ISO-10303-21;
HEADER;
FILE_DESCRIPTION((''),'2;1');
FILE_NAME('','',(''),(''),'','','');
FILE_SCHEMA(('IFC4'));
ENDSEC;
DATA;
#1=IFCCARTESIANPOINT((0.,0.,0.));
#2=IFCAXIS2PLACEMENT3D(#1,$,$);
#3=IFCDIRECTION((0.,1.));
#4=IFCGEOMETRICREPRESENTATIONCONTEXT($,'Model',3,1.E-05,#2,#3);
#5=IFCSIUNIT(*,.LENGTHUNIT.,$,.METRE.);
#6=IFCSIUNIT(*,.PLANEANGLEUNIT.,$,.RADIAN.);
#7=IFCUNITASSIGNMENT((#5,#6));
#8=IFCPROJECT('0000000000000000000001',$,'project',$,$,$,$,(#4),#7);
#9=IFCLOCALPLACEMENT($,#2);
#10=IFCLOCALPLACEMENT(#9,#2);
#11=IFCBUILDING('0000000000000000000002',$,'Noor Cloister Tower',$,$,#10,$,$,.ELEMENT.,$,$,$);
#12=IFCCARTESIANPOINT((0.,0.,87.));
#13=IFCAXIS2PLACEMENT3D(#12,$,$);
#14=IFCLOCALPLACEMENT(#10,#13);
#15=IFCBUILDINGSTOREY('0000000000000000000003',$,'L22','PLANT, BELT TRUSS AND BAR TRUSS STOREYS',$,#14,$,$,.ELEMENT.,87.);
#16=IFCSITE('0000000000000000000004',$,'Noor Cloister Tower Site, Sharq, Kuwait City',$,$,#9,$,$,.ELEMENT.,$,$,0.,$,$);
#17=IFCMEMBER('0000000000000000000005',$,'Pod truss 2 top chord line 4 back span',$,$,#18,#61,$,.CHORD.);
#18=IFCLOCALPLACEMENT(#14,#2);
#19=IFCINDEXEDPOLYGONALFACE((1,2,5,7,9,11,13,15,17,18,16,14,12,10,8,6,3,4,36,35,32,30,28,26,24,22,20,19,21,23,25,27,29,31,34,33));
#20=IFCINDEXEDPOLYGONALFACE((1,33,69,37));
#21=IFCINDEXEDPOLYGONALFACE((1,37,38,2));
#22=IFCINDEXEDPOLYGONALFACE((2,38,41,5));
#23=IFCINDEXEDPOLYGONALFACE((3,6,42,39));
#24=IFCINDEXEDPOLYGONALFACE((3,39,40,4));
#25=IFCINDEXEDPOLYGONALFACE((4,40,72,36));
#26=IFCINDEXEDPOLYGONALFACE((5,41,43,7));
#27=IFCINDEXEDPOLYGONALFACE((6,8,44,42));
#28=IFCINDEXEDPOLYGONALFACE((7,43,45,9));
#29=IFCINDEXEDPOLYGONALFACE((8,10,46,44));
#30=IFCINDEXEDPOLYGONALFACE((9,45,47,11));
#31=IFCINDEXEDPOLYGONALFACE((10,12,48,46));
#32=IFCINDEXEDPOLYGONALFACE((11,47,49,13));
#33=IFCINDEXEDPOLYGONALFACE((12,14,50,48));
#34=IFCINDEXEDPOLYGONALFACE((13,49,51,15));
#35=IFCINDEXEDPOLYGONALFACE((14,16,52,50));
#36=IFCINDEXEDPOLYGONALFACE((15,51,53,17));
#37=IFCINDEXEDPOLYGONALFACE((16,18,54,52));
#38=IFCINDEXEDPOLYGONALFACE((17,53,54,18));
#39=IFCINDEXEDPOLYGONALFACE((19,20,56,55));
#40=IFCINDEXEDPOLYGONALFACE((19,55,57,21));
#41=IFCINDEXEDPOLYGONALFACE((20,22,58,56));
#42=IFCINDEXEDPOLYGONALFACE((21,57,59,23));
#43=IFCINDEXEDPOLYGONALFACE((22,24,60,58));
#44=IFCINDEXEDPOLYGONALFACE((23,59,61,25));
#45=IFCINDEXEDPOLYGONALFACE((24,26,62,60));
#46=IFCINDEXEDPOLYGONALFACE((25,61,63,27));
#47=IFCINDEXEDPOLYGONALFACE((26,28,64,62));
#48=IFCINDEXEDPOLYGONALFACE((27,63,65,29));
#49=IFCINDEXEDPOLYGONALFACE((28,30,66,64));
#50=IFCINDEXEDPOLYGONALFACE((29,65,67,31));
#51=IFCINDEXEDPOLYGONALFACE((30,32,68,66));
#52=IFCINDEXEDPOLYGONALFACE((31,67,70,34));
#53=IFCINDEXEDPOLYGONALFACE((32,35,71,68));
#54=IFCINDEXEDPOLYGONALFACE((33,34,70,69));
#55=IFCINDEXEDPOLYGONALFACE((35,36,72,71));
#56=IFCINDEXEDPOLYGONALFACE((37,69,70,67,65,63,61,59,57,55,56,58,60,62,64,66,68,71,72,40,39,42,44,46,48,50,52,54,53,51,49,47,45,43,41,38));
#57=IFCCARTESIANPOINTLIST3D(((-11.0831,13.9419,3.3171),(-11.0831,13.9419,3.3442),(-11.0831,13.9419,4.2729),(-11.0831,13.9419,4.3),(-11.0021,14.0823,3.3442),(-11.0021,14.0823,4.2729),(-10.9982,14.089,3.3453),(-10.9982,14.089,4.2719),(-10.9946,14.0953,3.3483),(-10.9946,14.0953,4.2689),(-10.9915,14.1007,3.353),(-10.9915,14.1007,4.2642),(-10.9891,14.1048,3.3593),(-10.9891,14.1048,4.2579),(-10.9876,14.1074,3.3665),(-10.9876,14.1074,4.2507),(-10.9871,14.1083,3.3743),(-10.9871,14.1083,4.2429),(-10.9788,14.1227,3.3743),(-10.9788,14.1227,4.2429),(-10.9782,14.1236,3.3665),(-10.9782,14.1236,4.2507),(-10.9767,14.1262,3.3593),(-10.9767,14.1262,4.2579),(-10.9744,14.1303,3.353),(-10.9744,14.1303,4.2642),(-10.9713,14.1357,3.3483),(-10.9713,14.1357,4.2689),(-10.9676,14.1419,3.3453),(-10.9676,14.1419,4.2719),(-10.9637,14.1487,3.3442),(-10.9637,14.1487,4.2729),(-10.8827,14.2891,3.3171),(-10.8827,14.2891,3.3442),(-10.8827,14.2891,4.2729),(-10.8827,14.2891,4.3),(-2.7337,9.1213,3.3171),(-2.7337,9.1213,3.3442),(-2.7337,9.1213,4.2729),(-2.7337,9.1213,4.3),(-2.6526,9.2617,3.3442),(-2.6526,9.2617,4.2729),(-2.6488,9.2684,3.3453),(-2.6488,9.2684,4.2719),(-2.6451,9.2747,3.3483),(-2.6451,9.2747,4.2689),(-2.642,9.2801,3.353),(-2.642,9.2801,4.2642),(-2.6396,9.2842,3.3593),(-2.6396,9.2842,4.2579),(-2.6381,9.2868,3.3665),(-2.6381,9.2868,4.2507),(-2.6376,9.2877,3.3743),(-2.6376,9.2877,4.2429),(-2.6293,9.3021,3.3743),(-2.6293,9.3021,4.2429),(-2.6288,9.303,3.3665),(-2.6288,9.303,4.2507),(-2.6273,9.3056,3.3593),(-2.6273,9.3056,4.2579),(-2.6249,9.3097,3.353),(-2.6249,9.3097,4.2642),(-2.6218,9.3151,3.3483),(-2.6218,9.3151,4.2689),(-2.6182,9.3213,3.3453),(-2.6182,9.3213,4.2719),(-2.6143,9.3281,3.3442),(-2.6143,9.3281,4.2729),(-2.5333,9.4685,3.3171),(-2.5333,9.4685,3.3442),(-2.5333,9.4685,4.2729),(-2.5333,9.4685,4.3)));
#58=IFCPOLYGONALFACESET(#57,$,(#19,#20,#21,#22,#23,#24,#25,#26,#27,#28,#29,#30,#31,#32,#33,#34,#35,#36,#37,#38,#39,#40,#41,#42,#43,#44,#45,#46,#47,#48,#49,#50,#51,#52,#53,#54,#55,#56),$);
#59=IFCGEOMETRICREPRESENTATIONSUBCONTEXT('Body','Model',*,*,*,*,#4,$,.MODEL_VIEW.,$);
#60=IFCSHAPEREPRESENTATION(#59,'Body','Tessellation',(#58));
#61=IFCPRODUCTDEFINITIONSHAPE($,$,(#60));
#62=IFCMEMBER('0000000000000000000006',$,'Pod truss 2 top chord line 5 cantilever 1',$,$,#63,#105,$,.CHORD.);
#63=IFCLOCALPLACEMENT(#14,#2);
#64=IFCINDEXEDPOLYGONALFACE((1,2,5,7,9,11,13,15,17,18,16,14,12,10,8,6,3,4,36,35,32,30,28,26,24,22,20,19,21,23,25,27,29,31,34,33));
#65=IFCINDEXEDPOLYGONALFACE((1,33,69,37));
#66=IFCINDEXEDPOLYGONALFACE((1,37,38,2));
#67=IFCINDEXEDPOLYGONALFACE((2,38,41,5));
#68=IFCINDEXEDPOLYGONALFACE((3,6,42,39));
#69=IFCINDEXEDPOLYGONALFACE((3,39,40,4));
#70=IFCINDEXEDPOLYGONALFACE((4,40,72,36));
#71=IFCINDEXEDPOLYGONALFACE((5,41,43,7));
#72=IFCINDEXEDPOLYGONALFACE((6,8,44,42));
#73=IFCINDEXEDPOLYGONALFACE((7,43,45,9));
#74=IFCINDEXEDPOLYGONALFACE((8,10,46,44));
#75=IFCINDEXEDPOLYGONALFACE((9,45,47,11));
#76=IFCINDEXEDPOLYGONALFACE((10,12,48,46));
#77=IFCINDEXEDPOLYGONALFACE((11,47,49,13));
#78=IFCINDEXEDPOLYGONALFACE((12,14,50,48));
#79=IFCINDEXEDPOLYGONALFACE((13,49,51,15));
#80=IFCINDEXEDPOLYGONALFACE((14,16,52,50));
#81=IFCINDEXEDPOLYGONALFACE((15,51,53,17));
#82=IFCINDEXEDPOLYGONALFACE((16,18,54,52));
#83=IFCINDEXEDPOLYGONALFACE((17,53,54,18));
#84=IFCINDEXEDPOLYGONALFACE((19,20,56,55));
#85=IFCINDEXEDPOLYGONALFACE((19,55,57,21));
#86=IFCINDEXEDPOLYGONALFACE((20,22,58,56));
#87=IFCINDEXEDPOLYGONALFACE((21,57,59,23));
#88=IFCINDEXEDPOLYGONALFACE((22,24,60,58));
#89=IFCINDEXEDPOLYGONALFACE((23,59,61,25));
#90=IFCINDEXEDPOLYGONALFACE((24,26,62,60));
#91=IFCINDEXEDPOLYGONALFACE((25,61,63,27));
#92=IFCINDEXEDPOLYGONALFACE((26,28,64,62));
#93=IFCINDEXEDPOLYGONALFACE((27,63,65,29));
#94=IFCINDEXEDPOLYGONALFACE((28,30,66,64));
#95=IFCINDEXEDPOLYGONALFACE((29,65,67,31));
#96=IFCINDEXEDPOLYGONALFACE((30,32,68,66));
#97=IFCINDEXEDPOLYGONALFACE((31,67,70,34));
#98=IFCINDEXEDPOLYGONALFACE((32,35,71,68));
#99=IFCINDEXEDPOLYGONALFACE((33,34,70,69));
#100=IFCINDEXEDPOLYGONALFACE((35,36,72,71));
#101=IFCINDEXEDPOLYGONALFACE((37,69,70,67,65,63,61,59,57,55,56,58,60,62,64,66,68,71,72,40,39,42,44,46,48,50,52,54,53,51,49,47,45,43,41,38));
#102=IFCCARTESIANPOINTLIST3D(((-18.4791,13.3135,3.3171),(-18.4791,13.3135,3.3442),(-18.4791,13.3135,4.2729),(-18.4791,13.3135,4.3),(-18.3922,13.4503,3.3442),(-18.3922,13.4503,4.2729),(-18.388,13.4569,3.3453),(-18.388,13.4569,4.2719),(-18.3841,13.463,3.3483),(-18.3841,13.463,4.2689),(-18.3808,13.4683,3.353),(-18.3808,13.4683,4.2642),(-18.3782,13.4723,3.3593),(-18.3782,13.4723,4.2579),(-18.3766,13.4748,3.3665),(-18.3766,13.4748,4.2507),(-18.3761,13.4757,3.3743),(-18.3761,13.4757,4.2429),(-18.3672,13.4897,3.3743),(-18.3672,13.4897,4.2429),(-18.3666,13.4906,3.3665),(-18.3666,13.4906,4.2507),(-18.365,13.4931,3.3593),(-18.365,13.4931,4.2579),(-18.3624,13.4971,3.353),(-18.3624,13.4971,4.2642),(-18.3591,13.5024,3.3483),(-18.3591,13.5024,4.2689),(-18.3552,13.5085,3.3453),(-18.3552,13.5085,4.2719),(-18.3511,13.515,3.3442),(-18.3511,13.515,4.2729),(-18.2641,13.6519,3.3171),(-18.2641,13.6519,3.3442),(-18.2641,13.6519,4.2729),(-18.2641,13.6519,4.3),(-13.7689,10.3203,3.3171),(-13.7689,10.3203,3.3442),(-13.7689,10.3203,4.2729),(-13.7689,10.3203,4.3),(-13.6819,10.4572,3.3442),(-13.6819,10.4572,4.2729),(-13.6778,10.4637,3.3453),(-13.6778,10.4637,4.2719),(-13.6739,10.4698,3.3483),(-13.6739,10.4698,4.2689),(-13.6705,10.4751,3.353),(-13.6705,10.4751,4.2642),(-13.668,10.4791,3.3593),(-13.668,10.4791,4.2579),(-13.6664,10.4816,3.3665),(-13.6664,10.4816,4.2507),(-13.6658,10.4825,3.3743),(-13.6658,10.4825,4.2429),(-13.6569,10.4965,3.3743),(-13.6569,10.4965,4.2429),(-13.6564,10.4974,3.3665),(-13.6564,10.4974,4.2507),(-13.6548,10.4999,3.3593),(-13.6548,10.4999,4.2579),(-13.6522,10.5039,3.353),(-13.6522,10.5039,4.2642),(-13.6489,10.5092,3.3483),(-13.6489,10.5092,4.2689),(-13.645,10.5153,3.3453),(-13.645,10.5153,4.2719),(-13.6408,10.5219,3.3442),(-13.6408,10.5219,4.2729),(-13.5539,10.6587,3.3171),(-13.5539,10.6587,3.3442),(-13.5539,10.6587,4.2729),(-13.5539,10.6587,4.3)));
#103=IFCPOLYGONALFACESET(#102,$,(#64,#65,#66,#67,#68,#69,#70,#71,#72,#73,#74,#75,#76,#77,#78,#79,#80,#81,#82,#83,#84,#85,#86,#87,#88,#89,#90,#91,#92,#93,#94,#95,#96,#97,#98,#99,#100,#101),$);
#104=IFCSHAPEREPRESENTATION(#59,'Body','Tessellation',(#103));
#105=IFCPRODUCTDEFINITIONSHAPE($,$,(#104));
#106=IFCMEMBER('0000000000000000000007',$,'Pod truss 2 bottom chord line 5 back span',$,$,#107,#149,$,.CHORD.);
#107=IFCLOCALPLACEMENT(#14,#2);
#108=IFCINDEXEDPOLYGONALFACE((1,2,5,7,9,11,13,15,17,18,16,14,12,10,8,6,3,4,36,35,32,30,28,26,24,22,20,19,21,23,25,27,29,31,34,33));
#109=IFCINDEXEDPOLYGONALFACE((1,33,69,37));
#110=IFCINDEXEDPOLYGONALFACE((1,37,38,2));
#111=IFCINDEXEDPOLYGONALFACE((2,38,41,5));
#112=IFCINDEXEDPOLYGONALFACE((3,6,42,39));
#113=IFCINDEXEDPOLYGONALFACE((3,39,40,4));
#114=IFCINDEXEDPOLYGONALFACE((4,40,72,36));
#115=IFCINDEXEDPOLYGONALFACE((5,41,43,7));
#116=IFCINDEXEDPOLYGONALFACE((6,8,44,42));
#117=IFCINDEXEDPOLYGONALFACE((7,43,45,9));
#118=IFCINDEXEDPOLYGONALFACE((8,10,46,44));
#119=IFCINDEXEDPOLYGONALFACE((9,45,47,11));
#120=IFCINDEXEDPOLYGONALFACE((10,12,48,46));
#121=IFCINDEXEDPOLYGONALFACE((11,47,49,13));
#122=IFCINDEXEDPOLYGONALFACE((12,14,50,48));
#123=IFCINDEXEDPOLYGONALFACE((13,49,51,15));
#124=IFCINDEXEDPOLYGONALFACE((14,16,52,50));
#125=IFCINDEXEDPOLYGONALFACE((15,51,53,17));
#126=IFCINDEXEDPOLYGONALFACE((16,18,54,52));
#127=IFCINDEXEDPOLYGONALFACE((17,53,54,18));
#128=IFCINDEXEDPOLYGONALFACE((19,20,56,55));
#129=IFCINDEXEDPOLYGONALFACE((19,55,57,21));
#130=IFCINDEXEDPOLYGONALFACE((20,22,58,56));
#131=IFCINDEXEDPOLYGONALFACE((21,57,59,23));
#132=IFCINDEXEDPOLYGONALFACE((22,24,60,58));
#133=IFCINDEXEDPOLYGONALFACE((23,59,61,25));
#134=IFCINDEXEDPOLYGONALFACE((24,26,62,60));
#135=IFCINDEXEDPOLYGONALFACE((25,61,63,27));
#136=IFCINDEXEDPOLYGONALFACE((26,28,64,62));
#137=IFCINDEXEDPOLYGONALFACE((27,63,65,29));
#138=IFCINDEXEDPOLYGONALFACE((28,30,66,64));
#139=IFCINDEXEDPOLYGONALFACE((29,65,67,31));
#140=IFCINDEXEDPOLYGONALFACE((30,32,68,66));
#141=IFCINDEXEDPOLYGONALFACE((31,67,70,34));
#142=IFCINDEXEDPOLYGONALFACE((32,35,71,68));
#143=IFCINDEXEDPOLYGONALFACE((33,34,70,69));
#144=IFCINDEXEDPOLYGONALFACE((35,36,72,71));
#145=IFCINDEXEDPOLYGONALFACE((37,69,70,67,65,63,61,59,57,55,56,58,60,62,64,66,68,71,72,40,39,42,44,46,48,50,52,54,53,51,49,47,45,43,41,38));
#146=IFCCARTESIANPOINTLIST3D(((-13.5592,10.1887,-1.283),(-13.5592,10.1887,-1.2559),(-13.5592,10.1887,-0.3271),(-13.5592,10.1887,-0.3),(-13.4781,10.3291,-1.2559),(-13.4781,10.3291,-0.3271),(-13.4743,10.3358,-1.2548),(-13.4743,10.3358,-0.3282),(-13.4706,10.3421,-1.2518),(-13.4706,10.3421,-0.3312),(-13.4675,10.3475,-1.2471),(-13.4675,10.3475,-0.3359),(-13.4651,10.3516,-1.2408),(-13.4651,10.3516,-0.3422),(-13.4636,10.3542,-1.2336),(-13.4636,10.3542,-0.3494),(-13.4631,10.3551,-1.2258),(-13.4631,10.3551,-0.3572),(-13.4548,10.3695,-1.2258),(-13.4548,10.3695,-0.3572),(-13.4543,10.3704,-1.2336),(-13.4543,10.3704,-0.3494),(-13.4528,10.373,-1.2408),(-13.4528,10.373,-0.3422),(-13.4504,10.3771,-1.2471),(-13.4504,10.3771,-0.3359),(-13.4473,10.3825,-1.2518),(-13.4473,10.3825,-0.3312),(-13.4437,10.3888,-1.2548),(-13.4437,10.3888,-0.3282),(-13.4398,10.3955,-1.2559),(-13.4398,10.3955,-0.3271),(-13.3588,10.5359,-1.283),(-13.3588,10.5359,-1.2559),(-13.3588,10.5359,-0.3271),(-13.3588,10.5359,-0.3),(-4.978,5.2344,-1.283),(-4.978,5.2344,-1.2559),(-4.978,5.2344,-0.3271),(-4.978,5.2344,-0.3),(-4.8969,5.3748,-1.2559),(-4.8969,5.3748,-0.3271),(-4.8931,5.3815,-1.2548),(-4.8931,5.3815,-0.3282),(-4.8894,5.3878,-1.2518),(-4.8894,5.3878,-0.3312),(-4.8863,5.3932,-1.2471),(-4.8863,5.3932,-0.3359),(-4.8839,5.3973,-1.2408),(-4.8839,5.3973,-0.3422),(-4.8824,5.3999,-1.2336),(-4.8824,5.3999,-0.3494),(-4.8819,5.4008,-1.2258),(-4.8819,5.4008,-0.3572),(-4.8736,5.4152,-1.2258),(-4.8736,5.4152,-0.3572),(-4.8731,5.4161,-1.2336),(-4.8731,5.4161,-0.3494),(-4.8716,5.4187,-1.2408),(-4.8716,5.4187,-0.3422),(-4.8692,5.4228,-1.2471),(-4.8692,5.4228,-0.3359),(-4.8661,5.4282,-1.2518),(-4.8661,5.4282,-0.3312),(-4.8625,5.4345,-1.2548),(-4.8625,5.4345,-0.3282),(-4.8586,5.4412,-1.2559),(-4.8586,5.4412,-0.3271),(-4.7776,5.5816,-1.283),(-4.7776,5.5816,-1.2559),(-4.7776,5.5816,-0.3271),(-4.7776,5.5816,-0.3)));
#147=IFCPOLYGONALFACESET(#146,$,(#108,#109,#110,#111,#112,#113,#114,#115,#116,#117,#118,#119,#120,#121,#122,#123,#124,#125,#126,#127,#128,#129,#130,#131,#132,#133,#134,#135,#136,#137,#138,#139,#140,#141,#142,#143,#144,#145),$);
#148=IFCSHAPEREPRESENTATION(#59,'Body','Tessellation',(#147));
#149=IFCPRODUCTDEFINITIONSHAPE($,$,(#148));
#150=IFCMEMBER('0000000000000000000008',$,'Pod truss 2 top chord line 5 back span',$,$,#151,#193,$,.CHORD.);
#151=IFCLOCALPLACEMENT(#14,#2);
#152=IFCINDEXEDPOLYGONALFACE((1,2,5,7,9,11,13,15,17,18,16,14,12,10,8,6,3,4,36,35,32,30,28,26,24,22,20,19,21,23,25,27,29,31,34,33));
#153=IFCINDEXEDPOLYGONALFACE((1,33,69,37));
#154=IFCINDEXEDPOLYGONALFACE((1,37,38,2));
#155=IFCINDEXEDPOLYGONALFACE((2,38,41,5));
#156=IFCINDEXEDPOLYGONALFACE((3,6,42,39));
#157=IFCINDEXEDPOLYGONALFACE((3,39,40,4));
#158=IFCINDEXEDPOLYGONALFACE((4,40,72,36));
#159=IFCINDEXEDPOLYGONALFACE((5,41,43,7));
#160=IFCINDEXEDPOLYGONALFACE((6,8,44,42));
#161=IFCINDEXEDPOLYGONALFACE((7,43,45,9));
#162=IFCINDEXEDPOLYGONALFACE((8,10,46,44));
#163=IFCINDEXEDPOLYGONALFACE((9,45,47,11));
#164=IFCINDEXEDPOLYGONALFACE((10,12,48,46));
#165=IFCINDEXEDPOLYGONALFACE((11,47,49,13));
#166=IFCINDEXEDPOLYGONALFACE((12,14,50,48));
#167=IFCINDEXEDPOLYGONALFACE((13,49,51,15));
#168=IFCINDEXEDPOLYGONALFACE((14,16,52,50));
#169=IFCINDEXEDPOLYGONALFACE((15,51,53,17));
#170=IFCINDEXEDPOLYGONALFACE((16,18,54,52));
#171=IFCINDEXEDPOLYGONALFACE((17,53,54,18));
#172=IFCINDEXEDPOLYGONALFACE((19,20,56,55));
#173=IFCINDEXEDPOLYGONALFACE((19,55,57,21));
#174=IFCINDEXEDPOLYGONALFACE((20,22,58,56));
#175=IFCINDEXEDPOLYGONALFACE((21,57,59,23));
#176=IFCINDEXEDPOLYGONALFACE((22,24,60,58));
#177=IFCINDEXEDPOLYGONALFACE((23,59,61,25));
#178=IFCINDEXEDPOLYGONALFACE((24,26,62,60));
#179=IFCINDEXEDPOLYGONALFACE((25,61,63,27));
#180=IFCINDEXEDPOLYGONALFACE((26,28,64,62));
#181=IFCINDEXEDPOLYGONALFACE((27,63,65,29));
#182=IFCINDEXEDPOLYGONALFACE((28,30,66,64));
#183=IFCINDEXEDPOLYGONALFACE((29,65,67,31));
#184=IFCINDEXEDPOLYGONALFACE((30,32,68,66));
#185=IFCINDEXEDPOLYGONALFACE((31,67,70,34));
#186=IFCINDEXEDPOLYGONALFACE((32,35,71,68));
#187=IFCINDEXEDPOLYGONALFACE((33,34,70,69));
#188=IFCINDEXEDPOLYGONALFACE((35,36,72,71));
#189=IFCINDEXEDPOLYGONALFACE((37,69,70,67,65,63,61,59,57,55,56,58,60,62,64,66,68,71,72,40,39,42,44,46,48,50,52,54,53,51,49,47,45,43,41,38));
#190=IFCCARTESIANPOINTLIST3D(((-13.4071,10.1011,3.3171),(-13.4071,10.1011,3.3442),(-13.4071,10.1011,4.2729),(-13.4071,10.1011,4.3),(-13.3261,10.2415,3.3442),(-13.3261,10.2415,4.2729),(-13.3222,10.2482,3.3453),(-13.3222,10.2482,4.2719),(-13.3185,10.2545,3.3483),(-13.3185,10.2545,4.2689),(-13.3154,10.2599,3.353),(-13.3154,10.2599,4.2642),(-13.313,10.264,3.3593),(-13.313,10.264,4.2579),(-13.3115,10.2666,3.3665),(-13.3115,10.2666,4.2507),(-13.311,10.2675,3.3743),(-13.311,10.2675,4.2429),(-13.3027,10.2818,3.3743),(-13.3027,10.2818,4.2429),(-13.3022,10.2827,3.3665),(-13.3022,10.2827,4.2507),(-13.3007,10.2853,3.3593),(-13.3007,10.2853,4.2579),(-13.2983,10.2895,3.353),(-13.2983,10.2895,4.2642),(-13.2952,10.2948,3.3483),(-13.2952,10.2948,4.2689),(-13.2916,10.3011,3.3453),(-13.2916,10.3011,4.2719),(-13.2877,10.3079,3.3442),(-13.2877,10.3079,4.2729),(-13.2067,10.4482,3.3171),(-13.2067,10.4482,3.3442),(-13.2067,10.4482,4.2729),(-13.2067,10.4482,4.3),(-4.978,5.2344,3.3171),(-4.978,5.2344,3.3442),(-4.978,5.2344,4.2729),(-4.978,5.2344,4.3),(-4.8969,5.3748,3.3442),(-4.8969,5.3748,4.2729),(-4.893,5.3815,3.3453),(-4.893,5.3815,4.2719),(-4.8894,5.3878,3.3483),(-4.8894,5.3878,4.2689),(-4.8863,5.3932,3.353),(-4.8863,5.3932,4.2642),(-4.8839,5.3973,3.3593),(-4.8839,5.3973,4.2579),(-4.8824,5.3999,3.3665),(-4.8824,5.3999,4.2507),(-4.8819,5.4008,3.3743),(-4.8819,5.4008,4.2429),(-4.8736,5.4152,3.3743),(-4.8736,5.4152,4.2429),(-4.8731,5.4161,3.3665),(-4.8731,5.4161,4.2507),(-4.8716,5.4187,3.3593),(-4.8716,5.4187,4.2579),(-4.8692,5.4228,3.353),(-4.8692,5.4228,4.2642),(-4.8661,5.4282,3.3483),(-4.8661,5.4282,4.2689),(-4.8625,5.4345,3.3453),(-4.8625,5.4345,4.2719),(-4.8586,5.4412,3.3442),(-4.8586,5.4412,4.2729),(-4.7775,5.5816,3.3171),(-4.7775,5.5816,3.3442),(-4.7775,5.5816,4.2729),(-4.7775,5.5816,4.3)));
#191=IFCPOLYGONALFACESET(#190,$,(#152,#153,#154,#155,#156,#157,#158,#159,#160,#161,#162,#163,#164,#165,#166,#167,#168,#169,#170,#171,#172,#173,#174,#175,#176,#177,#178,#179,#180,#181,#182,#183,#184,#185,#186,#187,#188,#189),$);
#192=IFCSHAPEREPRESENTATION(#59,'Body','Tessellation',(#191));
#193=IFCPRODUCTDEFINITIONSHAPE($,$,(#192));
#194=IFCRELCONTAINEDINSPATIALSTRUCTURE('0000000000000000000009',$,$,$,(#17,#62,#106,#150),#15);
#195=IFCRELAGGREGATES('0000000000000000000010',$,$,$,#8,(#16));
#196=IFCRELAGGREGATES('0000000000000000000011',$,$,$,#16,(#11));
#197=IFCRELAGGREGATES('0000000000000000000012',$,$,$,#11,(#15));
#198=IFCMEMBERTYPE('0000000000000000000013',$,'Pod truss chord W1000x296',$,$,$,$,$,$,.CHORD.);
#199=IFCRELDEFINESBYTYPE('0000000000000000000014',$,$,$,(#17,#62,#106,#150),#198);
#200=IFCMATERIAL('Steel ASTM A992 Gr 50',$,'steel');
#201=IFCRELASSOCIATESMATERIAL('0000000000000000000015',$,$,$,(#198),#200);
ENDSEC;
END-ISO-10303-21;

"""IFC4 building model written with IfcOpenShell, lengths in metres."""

from ifc_helpers import new_model, si_unit, direction, frame, origin, origin_2d, place, context, subcontext, project, spatial, i_section, extrude, material, material_profile, profile_set, type_object, element, save


model = new_model("IFC4")

# Units and contexts
model_context = context("Model", 3, precision=1e-05, world=origin(), true_north=direction((0.0, 1.0)))
body_context = subcontext(model_context, "Body", "Model", "MODEL_VIEW")
ifc_project = project(units=[si_unit("LENGTHUNIT", "METRE"), si_unit("PLANEANGLEUNIT", "RADIAN")], contexts=[model_context])

# Site, building, storey
site_placement = place(None, origin())
site = spatial("IfcSite", under=ifc_project, at=site_placement, Name="Noor Cloister Tower Site, Sharq, Kuwait City", CompositionType="ELEMENT", RefElevation=0.0)
building_placement = place(site_placement, origin())
building = spatial("IfcBuilding", under=site, at=building_placement, Name="Noor Cloister Tower", CompositionType="ELEMENT")
storey_placement = place(building_placement, frame((0.0, 0.0, 87.0)))
storey = spatial("IfcBuildingStorey", under=building, at=storey_placement, Name="L22", Description="PLANT, BELT TRUSS AND BAR TRUSS STOREYS", CompositionType="ELEMENT", Elevation=87.0)

# Members
ifc_material_1 = material(Name="Steel ASTM A992 Gr 50", Category="steel")
ifc_material_profile_1 = material_profile(ifc_material_1, i_section(OverallWidth=0.4009, OverallDepth=0.9829, WebThickness=0.0166, FlangeThickness=0.0271, FilletRadius=0.03, at=origin_2d()), Name="W1000x296")
ifc_profile_set_1 = profile_set([ifc_material_profile_1], Name="Steel ASTM A992 Gr 50")
member_type_1 = type_object("IfcMemberType", Name="Pod truss chord W1000x296", PredefinedType="CHORD", material=ifc_profile_set_1)
member_1_placement = place(storey_placement, frame((-10.9829, 14.1155, 3.8086), z_axis=(0.866023, -0.500004, 0.0), x_axis=(0.500004, 0.866023, 0.0)))
element("IfcMember", 1, at=member_1_placement, inside=storey, type_object=member_type_1, Name="Pod truss 2 top chord line 4 back span", PredefinedType="CHORD", context=body_context, shape_type="SweptSolid", body=[
    extrude(i_section(OverallWidth=0.4009, OverallDepth=0.9829, WebThickness=0.0166, FlangeThickness=0.0271, FilletRadius=0.03, at=origin_2d()), origin(), (0.0, 0.0, 1.0), 9.6411),
])
member_2_placement = place(storey_placement, frame((-13.6614, 10.4895, 3.8086), z_axis=(-0.844005, 0.536335, 0.0), x_axis=(-0.536335, -0.844005, 0.0)))
element("IfcMember", 2, at=member_2_placement, inside=storey, type_object=member_type_1, Name="Pod truss 2 top chord line 5 cantilever 1", PredefinedType="CHORD", context=body_context, shape_type="SweptSolid", body=[
    extrude(i_section(OverallWidth=0.4009, OverallDepth=0.9829, WebThickness=0.0166, FlangeThickness=0.0271, FilletRadius=0.03, at=origin_2d()), origin(), (0.0, 0.0, 1.0), 5.5808),
])
member_3_placement = place(storey_placement, frame((-13.459, 10.3623, -0.7915), z_axis=(0.866028, -0.499995, 0.0), x_axis=(0.499995, 0.866028, 0.0)))
element("IfcMember", 3, at=member_3_placement, inside=storey, type_object=member_type_1, Name="Pod truss 2 bottom chord line 5 back span", PredefinedType="CHORD", context=body_context, shape_type="SweptSolid", body=[
    extrude(i_section(OverallWidth=0.4009, OverallDepth=0.9829, WebThickness=0.0166, FlangeThickness=0.0271, FilletRadius=0.03, at=origin_2d()), origin(), (0.0, 0.0, 1.0), 9.9087),
])
member_4_placement = place(storey_placement, frame((-13.3069, 10.2747, 3.8086), z_axis=(0.866021, -0.500008, 0.0), x_axis=(0.500008, 0.866021, 0.0)))
element("IfcMember", 4, at=member_4_placement, inside=storey, type_object=member_type_1, Name="Pod truss 2 top chord line 5 back span", PredefinedType="CHORD", context=body_context, shape_type="SweptSolid", body=[
    extrude(i_section(OverallWidth=0.4009, OverallDepth=0.9829, WebThickness=0.0166, FlangeThickness=0.0271, FilletRadius=0.03, at=origin_2d()), origin(), (0.0, 0.0, 1.0), 9.7332),
])

save(model, "model.ifc")
